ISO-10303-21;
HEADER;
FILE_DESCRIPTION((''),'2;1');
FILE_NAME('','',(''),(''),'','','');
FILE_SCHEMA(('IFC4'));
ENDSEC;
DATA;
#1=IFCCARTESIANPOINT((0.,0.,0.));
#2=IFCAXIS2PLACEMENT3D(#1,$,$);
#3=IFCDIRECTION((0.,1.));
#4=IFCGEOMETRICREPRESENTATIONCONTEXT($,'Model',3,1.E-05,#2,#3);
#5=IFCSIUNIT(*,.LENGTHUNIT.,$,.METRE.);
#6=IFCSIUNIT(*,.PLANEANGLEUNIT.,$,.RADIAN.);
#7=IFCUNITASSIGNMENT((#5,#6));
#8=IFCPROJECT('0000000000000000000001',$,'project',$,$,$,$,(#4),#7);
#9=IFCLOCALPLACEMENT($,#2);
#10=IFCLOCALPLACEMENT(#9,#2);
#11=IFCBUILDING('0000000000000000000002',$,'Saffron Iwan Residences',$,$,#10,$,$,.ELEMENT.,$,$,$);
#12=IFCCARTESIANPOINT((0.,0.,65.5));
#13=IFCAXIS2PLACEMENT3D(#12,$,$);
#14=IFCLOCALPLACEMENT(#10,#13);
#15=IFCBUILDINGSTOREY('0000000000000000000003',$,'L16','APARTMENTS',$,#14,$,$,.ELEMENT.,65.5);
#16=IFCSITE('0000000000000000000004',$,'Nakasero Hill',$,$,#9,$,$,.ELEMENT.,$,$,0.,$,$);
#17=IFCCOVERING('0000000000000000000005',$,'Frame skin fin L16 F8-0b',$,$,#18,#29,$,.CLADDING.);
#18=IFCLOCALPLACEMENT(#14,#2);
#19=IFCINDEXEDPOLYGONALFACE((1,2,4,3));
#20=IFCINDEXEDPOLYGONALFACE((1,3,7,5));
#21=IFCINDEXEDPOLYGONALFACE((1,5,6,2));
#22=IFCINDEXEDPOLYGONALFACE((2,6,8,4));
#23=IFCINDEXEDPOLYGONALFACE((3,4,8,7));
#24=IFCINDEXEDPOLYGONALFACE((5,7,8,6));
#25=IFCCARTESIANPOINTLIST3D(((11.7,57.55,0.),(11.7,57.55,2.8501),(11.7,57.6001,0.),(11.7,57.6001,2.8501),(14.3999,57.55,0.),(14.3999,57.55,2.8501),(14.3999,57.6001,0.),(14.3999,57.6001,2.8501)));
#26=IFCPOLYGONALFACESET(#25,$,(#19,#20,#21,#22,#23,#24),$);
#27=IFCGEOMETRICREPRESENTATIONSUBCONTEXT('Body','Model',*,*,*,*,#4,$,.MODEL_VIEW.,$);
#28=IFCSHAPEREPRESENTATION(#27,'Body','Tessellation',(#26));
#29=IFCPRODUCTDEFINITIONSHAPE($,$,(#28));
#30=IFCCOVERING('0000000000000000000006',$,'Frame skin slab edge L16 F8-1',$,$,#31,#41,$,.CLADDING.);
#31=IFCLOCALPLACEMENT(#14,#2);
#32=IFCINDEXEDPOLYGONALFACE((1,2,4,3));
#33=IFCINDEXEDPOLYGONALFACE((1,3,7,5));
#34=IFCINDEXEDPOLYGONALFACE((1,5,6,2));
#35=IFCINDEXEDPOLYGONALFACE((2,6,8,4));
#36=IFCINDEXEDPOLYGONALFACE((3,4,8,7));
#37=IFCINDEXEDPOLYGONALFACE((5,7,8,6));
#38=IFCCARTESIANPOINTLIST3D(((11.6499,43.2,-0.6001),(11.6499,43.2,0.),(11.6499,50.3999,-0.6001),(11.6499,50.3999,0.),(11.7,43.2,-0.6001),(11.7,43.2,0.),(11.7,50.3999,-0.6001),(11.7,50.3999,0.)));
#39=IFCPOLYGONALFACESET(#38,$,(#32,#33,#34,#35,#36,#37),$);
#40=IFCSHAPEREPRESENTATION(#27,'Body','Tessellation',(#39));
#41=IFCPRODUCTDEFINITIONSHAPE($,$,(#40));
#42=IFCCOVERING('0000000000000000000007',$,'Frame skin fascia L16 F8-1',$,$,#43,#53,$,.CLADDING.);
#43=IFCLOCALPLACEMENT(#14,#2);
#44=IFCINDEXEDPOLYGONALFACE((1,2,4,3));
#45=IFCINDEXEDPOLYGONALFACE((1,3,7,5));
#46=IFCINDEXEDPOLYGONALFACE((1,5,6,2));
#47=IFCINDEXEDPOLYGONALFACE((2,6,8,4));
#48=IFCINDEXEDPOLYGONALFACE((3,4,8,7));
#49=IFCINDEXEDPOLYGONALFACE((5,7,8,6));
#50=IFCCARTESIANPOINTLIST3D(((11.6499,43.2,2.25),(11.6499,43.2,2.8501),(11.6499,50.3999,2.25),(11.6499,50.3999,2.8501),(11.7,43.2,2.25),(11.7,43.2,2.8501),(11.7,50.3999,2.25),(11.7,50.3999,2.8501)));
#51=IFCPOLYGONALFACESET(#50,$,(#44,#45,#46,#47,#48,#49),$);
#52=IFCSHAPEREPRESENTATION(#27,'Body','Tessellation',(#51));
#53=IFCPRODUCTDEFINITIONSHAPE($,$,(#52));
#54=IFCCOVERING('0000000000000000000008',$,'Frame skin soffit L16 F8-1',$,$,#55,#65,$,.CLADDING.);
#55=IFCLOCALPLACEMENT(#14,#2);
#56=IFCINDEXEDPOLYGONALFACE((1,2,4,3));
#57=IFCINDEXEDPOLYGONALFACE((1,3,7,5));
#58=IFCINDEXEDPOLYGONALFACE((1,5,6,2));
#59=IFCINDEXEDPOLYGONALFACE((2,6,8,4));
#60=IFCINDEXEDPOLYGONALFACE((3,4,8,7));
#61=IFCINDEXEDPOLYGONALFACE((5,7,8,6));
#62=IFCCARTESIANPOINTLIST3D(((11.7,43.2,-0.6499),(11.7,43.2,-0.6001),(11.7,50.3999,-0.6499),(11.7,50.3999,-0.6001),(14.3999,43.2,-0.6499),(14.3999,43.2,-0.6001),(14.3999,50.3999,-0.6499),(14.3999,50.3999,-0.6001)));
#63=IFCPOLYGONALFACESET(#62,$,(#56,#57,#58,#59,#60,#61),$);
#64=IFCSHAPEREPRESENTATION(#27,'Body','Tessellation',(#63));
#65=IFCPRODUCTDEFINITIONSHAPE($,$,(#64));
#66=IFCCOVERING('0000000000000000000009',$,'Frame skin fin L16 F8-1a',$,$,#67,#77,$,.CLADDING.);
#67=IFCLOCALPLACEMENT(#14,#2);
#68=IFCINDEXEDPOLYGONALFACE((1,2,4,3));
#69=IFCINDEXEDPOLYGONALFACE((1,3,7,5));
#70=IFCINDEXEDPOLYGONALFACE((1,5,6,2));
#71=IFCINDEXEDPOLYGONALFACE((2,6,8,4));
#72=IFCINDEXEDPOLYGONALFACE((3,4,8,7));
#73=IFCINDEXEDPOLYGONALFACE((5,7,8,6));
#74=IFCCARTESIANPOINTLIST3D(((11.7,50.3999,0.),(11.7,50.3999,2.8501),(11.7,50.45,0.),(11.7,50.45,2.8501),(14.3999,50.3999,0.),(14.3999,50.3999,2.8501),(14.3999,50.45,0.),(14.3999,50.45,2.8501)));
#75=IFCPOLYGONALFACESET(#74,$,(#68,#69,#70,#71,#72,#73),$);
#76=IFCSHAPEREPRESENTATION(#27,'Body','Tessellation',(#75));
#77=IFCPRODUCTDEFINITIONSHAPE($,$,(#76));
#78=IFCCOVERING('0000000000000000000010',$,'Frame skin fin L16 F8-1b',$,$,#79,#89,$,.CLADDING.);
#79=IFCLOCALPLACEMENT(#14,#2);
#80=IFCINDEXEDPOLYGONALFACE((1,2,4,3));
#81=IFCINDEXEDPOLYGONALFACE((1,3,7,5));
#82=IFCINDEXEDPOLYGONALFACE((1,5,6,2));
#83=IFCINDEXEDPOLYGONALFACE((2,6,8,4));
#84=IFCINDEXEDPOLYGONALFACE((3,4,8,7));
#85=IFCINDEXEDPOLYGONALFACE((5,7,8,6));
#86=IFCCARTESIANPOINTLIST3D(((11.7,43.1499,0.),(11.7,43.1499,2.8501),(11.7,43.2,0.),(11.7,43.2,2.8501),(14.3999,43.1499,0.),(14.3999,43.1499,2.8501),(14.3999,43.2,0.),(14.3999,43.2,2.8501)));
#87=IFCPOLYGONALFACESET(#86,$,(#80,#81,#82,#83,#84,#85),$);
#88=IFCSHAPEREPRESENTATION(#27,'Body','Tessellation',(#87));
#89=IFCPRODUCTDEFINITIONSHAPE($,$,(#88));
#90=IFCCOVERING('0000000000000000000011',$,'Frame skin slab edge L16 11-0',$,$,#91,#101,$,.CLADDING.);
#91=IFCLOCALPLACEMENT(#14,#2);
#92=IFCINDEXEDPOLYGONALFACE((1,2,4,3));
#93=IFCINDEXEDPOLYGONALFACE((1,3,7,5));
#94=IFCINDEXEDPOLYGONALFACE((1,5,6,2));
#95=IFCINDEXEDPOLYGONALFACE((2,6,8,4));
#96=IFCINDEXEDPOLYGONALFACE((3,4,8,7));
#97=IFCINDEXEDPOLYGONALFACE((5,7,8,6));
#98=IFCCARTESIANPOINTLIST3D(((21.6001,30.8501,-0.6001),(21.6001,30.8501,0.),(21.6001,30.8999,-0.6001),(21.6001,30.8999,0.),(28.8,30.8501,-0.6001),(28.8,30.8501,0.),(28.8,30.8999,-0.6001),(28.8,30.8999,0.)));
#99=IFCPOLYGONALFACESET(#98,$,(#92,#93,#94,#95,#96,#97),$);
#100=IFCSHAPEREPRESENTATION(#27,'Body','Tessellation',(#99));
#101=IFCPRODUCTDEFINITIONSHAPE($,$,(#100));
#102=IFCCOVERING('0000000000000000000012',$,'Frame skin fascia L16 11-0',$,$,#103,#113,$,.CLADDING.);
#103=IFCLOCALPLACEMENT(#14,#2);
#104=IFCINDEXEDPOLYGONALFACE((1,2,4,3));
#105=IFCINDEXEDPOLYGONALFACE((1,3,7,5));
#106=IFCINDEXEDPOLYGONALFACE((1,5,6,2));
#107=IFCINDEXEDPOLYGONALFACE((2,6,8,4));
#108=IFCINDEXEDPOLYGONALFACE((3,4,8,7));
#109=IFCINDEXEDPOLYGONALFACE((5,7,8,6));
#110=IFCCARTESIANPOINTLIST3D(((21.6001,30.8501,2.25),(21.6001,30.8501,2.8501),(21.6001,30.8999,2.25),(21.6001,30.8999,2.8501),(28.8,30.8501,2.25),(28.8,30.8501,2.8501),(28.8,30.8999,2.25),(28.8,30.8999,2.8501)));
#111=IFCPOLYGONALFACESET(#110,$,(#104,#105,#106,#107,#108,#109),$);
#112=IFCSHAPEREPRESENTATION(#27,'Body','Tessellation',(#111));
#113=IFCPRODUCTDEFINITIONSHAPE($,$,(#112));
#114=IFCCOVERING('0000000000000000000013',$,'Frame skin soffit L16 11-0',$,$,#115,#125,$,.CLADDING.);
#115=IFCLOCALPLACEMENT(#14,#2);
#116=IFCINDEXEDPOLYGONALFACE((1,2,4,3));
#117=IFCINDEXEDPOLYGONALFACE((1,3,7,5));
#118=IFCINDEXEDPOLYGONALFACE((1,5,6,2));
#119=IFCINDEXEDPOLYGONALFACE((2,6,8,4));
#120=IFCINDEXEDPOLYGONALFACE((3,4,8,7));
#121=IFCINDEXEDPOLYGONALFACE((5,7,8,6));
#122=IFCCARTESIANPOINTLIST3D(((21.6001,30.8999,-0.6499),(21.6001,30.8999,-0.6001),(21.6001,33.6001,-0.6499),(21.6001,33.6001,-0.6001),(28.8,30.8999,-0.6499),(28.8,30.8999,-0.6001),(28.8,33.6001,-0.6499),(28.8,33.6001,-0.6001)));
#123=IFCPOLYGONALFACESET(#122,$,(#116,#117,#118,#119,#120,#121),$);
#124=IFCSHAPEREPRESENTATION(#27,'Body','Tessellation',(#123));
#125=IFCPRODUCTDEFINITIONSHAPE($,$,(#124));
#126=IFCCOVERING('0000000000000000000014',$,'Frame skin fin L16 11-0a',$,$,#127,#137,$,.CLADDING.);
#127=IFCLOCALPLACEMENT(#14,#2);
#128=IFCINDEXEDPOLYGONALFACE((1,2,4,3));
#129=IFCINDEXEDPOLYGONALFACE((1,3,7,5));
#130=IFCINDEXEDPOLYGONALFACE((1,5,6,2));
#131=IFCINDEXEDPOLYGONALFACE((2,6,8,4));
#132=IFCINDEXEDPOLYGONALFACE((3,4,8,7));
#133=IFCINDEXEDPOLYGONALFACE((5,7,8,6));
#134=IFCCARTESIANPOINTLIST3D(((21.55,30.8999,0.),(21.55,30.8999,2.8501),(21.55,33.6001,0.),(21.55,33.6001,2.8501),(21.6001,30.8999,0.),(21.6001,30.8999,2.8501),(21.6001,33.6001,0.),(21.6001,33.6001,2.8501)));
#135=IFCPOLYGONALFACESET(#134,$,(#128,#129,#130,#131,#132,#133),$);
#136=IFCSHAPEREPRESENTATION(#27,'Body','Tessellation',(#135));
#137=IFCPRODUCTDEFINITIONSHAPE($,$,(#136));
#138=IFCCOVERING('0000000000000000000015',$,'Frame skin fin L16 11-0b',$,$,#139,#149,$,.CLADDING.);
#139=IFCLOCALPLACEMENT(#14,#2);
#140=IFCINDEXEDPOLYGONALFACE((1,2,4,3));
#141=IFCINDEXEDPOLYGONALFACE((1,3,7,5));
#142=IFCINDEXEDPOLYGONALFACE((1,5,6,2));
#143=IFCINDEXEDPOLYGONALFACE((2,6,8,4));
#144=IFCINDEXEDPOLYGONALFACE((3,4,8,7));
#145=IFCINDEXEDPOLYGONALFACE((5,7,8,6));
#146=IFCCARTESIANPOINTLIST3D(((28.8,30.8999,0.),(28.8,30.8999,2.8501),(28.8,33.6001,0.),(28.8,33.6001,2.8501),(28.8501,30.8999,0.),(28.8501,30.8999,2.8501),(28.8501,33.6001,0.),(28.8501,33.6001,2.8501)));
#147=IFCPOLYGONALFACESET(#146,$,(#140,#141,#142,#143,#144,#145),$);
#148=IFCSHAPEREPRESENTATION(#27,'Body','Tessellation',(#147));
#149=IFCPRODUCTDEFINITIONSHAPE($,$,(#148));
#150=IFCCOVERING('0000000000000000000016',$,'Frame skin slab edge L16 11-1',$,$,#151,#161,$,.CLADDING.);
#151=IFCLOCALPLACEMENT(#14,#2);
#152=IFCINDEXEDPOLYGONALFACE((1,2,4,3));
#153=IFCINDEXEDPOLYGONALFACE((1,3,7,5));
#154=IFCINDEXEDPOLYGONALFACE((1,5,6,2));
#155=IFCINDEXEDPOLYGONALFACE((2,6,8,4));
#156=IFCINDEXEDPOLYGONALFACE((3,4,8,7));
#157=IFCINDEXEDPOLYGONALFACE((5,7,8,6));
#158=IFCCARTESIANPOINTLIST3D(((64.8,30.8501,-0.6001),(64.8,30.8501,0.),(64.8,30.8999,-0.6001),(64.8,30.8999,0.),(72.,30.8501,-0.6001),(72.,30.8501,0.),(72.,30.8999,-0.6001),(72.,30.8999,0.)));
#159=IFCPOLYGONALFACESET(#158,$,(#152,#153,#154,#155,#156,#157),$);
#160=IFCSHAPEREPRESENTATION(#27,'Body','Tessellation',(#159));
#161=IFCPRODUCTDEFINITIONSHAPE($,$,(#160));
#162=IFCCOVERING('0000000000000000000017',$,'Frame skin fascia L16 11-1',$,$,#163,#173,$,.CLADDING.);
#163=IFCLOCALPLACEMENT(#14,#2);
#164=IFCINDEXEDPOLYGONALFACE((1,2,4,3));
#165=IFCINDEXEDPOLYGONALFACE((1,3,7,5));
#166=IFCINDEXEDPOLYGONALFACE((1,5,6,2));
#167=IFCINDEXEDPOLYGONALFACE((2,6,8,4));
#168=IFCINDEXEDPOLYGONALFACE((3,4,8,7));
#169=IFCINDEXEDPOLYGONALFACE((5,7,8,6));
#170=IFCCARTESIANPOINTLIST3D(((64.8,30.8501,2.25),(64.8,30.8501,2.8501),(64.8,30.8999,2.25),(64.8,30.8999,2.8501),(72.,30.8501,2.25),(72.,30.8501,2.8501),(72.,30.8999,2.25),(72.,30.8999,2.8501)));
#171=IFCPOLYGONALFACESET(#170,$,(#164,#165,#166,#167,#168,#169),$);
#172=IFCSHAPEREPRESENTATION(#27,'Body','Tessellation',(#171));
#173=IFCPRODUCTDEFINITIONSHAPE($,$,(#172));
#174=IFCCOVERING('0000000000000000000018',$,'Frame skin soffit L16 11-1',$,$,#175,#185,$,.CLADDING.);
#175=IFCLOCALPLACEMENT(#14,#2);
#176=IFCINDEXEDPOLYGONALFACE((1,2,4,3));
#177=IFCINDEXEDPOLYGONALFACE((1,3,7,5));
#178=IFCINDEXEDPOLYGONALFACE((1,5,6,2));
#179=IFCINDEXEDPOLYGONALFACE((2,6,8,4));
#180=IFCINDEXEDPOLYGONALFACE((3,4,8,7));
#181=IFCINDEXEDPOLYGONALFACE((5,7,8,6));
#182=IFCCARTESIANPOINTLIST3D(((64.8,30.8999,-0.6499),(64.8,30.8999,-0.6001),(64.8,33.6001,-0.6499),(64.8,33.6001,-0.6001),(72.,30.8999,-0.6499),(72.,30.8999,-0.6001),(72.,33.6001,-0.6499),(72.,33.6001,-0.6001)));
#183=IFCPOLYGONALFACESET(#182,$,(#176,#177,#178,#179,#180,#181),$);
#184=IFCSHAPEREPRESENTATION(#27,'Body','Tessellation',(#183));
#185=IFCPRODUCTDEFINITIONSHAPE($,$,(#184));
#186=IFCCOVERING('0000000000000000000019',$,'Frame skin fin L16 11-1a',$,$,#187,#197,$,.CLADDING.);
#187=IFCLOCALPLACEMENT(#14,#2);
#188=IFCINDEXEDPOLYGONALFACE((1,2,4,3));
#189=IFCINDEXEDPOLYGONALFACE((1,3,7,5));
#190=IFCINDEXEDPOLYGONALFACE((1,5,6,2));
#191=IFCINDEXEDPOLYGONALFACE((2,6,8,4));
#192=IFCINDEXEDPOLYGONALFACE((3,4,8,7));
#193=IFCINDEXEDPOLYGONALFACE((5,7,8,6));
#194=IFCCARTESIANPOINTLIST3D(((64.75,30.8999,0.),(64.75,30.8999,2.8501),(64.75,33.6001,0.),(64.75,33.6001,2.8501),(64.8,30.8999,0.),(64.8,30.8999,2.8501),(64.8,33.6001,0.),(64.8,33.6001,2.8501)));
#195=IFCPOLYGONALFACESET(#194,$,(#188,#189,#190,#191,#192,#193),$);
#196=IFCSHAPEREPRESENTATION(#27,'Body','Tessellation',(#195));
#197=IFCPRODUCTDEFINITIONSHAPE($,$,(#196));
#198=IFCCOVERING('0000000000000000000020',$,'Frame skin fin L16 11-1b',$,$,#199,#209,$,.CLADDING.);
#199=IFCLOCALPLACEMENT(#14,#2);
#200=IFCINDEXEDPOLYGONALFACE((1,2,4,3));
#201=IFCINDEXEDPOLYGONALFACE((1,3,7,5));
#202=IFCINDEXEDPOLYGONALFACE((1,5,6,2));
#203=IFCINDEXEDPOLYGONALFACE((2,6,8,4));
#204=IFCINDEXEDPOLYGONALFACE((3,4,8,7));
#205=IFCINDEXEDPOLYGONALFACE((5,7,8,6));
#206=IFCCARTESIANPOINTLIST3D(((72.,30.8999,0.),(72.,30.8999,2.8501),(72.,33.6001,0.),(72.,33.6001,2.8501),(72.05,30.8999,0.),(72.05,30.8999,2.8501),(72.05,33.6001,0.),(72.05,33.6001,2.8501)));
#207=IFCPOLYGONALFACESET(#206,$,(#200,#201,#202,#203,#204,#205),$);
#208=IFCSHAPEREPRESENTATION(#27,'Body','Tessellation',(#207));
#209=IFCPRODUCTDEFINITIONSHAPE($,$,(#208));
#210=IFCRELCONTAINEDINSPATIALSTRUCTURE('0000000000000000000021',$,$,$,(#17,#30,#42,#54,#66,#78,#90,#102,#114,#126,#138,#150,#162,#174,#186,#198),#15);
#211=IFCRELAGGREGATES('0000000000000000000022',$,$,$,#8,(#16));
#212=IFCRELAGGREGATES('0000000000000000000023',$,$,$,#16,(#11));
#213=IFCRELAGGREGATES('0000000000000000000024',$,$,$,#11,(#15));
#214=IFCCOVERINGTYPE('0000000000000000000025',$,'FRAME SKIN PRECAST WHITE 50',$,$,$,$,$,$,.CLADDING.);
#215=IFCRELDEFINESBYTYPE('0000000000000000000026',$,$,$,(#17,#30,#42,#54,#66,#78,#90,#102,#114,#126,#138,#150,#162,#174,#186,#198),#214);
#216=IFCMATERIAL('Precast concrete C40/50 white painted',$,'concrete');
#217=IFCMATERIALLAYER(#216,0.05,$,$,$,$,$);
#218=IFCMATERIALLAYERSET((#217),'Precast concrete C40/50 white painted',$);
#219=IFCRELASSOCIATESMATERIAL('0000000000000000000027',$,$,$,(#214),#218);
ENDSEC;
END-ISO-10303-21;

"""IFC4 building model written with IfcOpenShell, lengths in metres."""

from ifc_helpers import new_model, si_unit, direction, frame, origin, place, context, subcontext, project, spatial, polyline, outline, extrude, material, layer, layer_set, type_object, element, save


model = new_model("IFC4")

# Units and contexts
model_context = context("Model", 3, precision=1e-05, world=origin(), true_north=direction((0.0, 1.0)))
body_context = subcontext(model_context, "Body", "Model", "MODEL_VIEW")
ifc_project = project(units=[si_unit("LENGTHUNIT", "METRE"), si_unit("PLANEANGLEUNIT", "RADIAN")], contexts=[model_context])

# Site, building, storey
site_placement = place(None, origin())
site = spatial("IfcSite", under=ifc_project, at=site_placement, Name="Nakasero Hill", CompositionType="ELEMENT", RefElevation=0.0)
building_placement = place(site_placement, origin())
building = spatial("IfcBuilding", under=site, at=building_placement, Name="Saffron Iwan Residences", CompositionType="ELEMENT")
storey_placement = place(building_placement, frame((0.0, 0.0, 65.5)))
storey = spatial("IfcBuildingStorey", under=building, at=storey_placement, Name="L16", Description="APARTMENTS", CompositionType="ELEMENT", Elevation=65.5)

# Coverings
ifc_material_1 = material(Name="Precast concrete C40/50 white painted", Category="concrete")
ifc_layer_1 = layer(ifc_material_1, 0.05)
ifc_layer_set_1 = layer_set([ifc_layer_1], Name="Precast concrete C40/50 white painted")
covering_type = type_object("IfcCoveringType", Name="FRAME SKIN PRECAST WHITE 50", PredefinedType="CLADDING", material=ifc_layer_set_1)
covering_1_placement = place(storey_placement, origin())
element("IfcCovering", 1, at=covering_1_placement, inside=storey, type_object=covering_type, Name="Frame skin fin L16 F8-0b", PredefinedType="CLADDING", context=body_context, shape_type="SweptSolid", body=[
    extrude(outline(polyline([(11.7, 57.6001), (11.7, 57.55), (14.3999, 57.55), (14.3999, 57.6001), (11.7, 57.6001)])), origin(), (0.0, 0.0, 1.0), 2.8501),
])
for number, where, name in (
    (2, (0.0, 0.0, -0.6001), "Frame skin slab edge L16 F8-1"),
    (3, (0.0, 0.0, 2.25), "Frame skin fascia L16 F8-1"),
):
    element("IfcCovering", number, at=place(storey_placement, frame(where)), inside=storey, type_object=covering_type, Name=name, PredefinedType="CLADDING", context=body_context, shape_type="SweptSolid", body=[
        extrude(outline(polyline([(11.6499, 50.3999), (11.6499, 43.2), (11.7, 43.2), (11.7, 50.3999), (11.6499, 50.3999)])), origin(), (0.0, 0.0, 1.0), 0.6001),
    ])
covering_2_placement = place(storey_placement, frame((0.0, 0.0, -0.6499)))
element("IfcCovering", 4, at=covering_2_placement, inside=storey, type_object=covering_type, Name="Frame skin soffit L16 F8-1", PredefinedType="CLADDING", context=body_context, shape_type="SweptSolid", body=[
    extrude(outline(polyline([(11.7, 50.3999), (11.7, 43.2), (14.3999, 43.2), (14.3999, 50.3999), (11.7, 50.3999)])), origin(), (0.0, 0.0, 1.0), 0.0498),
])
covering_3_placement = place(storey_placement, origin())
element("IfcCovering", 5, at=covering_3_placement, inside=storey, type_object=covering_type, Name="Frame skin fin L16 F8-1a", PredefinedType="CLADDING", context=body_context, shape_type="SweptSolid", body=[
    extrude(outline(polyline([(11.7, 50.45), (11.7, 50.3999), (14.3999, 50.3999), (14.3999, 50.45), (11.7, 50.45)])), origin(), (0.0, 0.0, 1.0), 2.8501),
])
covering_4_placement = place(storey_placement, origin())
element("IfcCovering", 6, at=covering_4_placement, inside=storey, type_object=covering_type, Name="Frame skin fin L16 F8-1b", PredefinedType="CLADDING", context=body_context, shape_type="SweptSolid", body=[
    extrude(outline(polyline([(11.7, 43.2), (11.7, 43.1499), (14.3999, 43.1499), (14.3999, 43.2), (11.7, 43.2)])), origin(), (0.0, 0.0, 1.0), 2.8501),
])
for number, where, name in (
    (7, (0.0, 0.0, -0.6001), "Frame skin slab edge L16 11-0"),
    (8, (0.0, 0.0, 2.25), "Frame skin fascia L16 11-0"),
):
    element("IfcCovering", number, at=place(storey_placement, frame(where)), inside=storey, type_object=covering_type, Name=name, PredefinedType="CLADDING", context=body_context, shape_type="SweptSolid", body=[
        extrude(outline(polyline([(21.6001, 30.8501), (28.8, 30.8501), (28.8, 30.8999), (21.6001, 30.8999), (21.6001, 30.8501)])), origin(), (0.0, 0.0, 1.0), 0.6001),
    ])
covering_5_placement = place(storey_placement, frame((0.0, 0.0, -0.6499)))
element("IfcCovering", 9, at=covering_5_placement, inside=storey, type_object=covering_type, Name="Frame skin soffit L16 11-0", PredefinedType="CLADDING", context=body_context, shape_type="SweptSolid", body=[
    extrude(outline(polyline([(21.6001, 30.8999), (28.8, 30.8999), (28.8, 33.6001), (21.6001, 33.6001), (21.6001, 30.8999)])), origin(), (0.0, 0.0, 1.0), 0.0498),
])
covering_6_placement = place(storey_placement, origin())
element("IfcCovering", 10, at=covering_6_placement, inside=storey, type_object=covering_type, Name="Frame skin fin L16 11-0a", PredefinedType="CLADDING", context=body_context, shape_type="SweptSolid", body=[
    extrude(outline(polyline([(21.55, 30.8999), (21.6001, 30.8999), (21.6001, 33.6001), (21.55, 33.6001), (21.55, 30.8999)])), origin(), (0.0, 0.0, 1.0), 2.8501),
])
covering_7_placement = place(storey_placement, origin())
element("IfcCovering", 11, at=covering_7_placement, inside=storey, type_object=covering_type, Name="Frame skin fin L16 11-0b", PredefinedType="CLADDING", context=body_context, shape_type="SweptSolid", body=[
    extrude(outline(polyline([(28.8, 30.8999), (28.8501, 30.8999), (28.8501, 33.6001), (28.8, 33.6001), (28.8, 30.8999)])), origin(), (0.0, 0.0, 1.0), 2.8501),
])
for number, where, name in (
    (12, (0.0, 0.0, -0.6001), "Frame skin slab edge L16 11-1"),
    (13, (0.0, 0.0, 2.25), "Frame skin fascia L16 11-1"),
):
    element("IfcCovering", number, at=place(storey_placement, frame(where)), inside=storey, type_object=covering_type, Name=name, PredefinedType="CLADDING", context=body_context, shape_type="SweptSolid", body=[
        extrude(outline(polyline([(64.8, 30.8501), (72.0, 30.8501), (72.0, 30.8999), (64.8, 30.8999), (64.8, 30.8501)])), origin(), (0.0, 0.0, 1.0), 0.6001),
    ])
covering_8_placement = place(storey_placement, frame((0.0, 0.0, -0.6499)))
element("IfcCovering", 14, at=covering_8_placement, inside=storey, type_object=covering_type, Name="Frame skin soffit L16 11-1", PredefinedType="CLADDING", context=body_context, shape_type="SweptSolid", body=[
    extrude(outline(polyline([(64.8, 30.8999), (72.0, 30.8999), (72.0, 33.6001), (64.8, 33.6001), (64.8, 30.8999)])), origin(), (0.0, 0.0, 1.0), 0.0498),
])
covering_9_placement = place(storey_placement, origin())
element("IfcCovering", 15, at=covering_9_placement, inside=storey, type_object=covering_type, Name="Frame skin fin L16 11-1a", PredefinedType="CLADDING", context=body_context, shape_type="SweptSolid", body=[
    extrude(outline(polyline([(64.75, 30.8999), (64.8, 30.8999), (64.8, 33.6001), (64.75, 33.6001), (64.75, 30.8999)])), origin(), (0.0, 0.0, 1.0), 2.8501),
])
covering_10_placement = place(storey_placement, origin())
element("IfcCovering", 16, at=covering_10_placement, inside=storey, type_object=covering_type, Name="Frame skin fin L16 11-1b", PredefinedType="CLADDING", context=body_context, shape_type="SweptSolid", body=[
    extrude(outline(polyline([(72.0, 30.8999), (72.05, 30.8999), (72.05, 33.6001), (72.0, 33.6001), (72.0, 30.8999)])), origin(), (0.0, 0.0, 1.0), 2.8501),
])

save(model, "model.ifc")
